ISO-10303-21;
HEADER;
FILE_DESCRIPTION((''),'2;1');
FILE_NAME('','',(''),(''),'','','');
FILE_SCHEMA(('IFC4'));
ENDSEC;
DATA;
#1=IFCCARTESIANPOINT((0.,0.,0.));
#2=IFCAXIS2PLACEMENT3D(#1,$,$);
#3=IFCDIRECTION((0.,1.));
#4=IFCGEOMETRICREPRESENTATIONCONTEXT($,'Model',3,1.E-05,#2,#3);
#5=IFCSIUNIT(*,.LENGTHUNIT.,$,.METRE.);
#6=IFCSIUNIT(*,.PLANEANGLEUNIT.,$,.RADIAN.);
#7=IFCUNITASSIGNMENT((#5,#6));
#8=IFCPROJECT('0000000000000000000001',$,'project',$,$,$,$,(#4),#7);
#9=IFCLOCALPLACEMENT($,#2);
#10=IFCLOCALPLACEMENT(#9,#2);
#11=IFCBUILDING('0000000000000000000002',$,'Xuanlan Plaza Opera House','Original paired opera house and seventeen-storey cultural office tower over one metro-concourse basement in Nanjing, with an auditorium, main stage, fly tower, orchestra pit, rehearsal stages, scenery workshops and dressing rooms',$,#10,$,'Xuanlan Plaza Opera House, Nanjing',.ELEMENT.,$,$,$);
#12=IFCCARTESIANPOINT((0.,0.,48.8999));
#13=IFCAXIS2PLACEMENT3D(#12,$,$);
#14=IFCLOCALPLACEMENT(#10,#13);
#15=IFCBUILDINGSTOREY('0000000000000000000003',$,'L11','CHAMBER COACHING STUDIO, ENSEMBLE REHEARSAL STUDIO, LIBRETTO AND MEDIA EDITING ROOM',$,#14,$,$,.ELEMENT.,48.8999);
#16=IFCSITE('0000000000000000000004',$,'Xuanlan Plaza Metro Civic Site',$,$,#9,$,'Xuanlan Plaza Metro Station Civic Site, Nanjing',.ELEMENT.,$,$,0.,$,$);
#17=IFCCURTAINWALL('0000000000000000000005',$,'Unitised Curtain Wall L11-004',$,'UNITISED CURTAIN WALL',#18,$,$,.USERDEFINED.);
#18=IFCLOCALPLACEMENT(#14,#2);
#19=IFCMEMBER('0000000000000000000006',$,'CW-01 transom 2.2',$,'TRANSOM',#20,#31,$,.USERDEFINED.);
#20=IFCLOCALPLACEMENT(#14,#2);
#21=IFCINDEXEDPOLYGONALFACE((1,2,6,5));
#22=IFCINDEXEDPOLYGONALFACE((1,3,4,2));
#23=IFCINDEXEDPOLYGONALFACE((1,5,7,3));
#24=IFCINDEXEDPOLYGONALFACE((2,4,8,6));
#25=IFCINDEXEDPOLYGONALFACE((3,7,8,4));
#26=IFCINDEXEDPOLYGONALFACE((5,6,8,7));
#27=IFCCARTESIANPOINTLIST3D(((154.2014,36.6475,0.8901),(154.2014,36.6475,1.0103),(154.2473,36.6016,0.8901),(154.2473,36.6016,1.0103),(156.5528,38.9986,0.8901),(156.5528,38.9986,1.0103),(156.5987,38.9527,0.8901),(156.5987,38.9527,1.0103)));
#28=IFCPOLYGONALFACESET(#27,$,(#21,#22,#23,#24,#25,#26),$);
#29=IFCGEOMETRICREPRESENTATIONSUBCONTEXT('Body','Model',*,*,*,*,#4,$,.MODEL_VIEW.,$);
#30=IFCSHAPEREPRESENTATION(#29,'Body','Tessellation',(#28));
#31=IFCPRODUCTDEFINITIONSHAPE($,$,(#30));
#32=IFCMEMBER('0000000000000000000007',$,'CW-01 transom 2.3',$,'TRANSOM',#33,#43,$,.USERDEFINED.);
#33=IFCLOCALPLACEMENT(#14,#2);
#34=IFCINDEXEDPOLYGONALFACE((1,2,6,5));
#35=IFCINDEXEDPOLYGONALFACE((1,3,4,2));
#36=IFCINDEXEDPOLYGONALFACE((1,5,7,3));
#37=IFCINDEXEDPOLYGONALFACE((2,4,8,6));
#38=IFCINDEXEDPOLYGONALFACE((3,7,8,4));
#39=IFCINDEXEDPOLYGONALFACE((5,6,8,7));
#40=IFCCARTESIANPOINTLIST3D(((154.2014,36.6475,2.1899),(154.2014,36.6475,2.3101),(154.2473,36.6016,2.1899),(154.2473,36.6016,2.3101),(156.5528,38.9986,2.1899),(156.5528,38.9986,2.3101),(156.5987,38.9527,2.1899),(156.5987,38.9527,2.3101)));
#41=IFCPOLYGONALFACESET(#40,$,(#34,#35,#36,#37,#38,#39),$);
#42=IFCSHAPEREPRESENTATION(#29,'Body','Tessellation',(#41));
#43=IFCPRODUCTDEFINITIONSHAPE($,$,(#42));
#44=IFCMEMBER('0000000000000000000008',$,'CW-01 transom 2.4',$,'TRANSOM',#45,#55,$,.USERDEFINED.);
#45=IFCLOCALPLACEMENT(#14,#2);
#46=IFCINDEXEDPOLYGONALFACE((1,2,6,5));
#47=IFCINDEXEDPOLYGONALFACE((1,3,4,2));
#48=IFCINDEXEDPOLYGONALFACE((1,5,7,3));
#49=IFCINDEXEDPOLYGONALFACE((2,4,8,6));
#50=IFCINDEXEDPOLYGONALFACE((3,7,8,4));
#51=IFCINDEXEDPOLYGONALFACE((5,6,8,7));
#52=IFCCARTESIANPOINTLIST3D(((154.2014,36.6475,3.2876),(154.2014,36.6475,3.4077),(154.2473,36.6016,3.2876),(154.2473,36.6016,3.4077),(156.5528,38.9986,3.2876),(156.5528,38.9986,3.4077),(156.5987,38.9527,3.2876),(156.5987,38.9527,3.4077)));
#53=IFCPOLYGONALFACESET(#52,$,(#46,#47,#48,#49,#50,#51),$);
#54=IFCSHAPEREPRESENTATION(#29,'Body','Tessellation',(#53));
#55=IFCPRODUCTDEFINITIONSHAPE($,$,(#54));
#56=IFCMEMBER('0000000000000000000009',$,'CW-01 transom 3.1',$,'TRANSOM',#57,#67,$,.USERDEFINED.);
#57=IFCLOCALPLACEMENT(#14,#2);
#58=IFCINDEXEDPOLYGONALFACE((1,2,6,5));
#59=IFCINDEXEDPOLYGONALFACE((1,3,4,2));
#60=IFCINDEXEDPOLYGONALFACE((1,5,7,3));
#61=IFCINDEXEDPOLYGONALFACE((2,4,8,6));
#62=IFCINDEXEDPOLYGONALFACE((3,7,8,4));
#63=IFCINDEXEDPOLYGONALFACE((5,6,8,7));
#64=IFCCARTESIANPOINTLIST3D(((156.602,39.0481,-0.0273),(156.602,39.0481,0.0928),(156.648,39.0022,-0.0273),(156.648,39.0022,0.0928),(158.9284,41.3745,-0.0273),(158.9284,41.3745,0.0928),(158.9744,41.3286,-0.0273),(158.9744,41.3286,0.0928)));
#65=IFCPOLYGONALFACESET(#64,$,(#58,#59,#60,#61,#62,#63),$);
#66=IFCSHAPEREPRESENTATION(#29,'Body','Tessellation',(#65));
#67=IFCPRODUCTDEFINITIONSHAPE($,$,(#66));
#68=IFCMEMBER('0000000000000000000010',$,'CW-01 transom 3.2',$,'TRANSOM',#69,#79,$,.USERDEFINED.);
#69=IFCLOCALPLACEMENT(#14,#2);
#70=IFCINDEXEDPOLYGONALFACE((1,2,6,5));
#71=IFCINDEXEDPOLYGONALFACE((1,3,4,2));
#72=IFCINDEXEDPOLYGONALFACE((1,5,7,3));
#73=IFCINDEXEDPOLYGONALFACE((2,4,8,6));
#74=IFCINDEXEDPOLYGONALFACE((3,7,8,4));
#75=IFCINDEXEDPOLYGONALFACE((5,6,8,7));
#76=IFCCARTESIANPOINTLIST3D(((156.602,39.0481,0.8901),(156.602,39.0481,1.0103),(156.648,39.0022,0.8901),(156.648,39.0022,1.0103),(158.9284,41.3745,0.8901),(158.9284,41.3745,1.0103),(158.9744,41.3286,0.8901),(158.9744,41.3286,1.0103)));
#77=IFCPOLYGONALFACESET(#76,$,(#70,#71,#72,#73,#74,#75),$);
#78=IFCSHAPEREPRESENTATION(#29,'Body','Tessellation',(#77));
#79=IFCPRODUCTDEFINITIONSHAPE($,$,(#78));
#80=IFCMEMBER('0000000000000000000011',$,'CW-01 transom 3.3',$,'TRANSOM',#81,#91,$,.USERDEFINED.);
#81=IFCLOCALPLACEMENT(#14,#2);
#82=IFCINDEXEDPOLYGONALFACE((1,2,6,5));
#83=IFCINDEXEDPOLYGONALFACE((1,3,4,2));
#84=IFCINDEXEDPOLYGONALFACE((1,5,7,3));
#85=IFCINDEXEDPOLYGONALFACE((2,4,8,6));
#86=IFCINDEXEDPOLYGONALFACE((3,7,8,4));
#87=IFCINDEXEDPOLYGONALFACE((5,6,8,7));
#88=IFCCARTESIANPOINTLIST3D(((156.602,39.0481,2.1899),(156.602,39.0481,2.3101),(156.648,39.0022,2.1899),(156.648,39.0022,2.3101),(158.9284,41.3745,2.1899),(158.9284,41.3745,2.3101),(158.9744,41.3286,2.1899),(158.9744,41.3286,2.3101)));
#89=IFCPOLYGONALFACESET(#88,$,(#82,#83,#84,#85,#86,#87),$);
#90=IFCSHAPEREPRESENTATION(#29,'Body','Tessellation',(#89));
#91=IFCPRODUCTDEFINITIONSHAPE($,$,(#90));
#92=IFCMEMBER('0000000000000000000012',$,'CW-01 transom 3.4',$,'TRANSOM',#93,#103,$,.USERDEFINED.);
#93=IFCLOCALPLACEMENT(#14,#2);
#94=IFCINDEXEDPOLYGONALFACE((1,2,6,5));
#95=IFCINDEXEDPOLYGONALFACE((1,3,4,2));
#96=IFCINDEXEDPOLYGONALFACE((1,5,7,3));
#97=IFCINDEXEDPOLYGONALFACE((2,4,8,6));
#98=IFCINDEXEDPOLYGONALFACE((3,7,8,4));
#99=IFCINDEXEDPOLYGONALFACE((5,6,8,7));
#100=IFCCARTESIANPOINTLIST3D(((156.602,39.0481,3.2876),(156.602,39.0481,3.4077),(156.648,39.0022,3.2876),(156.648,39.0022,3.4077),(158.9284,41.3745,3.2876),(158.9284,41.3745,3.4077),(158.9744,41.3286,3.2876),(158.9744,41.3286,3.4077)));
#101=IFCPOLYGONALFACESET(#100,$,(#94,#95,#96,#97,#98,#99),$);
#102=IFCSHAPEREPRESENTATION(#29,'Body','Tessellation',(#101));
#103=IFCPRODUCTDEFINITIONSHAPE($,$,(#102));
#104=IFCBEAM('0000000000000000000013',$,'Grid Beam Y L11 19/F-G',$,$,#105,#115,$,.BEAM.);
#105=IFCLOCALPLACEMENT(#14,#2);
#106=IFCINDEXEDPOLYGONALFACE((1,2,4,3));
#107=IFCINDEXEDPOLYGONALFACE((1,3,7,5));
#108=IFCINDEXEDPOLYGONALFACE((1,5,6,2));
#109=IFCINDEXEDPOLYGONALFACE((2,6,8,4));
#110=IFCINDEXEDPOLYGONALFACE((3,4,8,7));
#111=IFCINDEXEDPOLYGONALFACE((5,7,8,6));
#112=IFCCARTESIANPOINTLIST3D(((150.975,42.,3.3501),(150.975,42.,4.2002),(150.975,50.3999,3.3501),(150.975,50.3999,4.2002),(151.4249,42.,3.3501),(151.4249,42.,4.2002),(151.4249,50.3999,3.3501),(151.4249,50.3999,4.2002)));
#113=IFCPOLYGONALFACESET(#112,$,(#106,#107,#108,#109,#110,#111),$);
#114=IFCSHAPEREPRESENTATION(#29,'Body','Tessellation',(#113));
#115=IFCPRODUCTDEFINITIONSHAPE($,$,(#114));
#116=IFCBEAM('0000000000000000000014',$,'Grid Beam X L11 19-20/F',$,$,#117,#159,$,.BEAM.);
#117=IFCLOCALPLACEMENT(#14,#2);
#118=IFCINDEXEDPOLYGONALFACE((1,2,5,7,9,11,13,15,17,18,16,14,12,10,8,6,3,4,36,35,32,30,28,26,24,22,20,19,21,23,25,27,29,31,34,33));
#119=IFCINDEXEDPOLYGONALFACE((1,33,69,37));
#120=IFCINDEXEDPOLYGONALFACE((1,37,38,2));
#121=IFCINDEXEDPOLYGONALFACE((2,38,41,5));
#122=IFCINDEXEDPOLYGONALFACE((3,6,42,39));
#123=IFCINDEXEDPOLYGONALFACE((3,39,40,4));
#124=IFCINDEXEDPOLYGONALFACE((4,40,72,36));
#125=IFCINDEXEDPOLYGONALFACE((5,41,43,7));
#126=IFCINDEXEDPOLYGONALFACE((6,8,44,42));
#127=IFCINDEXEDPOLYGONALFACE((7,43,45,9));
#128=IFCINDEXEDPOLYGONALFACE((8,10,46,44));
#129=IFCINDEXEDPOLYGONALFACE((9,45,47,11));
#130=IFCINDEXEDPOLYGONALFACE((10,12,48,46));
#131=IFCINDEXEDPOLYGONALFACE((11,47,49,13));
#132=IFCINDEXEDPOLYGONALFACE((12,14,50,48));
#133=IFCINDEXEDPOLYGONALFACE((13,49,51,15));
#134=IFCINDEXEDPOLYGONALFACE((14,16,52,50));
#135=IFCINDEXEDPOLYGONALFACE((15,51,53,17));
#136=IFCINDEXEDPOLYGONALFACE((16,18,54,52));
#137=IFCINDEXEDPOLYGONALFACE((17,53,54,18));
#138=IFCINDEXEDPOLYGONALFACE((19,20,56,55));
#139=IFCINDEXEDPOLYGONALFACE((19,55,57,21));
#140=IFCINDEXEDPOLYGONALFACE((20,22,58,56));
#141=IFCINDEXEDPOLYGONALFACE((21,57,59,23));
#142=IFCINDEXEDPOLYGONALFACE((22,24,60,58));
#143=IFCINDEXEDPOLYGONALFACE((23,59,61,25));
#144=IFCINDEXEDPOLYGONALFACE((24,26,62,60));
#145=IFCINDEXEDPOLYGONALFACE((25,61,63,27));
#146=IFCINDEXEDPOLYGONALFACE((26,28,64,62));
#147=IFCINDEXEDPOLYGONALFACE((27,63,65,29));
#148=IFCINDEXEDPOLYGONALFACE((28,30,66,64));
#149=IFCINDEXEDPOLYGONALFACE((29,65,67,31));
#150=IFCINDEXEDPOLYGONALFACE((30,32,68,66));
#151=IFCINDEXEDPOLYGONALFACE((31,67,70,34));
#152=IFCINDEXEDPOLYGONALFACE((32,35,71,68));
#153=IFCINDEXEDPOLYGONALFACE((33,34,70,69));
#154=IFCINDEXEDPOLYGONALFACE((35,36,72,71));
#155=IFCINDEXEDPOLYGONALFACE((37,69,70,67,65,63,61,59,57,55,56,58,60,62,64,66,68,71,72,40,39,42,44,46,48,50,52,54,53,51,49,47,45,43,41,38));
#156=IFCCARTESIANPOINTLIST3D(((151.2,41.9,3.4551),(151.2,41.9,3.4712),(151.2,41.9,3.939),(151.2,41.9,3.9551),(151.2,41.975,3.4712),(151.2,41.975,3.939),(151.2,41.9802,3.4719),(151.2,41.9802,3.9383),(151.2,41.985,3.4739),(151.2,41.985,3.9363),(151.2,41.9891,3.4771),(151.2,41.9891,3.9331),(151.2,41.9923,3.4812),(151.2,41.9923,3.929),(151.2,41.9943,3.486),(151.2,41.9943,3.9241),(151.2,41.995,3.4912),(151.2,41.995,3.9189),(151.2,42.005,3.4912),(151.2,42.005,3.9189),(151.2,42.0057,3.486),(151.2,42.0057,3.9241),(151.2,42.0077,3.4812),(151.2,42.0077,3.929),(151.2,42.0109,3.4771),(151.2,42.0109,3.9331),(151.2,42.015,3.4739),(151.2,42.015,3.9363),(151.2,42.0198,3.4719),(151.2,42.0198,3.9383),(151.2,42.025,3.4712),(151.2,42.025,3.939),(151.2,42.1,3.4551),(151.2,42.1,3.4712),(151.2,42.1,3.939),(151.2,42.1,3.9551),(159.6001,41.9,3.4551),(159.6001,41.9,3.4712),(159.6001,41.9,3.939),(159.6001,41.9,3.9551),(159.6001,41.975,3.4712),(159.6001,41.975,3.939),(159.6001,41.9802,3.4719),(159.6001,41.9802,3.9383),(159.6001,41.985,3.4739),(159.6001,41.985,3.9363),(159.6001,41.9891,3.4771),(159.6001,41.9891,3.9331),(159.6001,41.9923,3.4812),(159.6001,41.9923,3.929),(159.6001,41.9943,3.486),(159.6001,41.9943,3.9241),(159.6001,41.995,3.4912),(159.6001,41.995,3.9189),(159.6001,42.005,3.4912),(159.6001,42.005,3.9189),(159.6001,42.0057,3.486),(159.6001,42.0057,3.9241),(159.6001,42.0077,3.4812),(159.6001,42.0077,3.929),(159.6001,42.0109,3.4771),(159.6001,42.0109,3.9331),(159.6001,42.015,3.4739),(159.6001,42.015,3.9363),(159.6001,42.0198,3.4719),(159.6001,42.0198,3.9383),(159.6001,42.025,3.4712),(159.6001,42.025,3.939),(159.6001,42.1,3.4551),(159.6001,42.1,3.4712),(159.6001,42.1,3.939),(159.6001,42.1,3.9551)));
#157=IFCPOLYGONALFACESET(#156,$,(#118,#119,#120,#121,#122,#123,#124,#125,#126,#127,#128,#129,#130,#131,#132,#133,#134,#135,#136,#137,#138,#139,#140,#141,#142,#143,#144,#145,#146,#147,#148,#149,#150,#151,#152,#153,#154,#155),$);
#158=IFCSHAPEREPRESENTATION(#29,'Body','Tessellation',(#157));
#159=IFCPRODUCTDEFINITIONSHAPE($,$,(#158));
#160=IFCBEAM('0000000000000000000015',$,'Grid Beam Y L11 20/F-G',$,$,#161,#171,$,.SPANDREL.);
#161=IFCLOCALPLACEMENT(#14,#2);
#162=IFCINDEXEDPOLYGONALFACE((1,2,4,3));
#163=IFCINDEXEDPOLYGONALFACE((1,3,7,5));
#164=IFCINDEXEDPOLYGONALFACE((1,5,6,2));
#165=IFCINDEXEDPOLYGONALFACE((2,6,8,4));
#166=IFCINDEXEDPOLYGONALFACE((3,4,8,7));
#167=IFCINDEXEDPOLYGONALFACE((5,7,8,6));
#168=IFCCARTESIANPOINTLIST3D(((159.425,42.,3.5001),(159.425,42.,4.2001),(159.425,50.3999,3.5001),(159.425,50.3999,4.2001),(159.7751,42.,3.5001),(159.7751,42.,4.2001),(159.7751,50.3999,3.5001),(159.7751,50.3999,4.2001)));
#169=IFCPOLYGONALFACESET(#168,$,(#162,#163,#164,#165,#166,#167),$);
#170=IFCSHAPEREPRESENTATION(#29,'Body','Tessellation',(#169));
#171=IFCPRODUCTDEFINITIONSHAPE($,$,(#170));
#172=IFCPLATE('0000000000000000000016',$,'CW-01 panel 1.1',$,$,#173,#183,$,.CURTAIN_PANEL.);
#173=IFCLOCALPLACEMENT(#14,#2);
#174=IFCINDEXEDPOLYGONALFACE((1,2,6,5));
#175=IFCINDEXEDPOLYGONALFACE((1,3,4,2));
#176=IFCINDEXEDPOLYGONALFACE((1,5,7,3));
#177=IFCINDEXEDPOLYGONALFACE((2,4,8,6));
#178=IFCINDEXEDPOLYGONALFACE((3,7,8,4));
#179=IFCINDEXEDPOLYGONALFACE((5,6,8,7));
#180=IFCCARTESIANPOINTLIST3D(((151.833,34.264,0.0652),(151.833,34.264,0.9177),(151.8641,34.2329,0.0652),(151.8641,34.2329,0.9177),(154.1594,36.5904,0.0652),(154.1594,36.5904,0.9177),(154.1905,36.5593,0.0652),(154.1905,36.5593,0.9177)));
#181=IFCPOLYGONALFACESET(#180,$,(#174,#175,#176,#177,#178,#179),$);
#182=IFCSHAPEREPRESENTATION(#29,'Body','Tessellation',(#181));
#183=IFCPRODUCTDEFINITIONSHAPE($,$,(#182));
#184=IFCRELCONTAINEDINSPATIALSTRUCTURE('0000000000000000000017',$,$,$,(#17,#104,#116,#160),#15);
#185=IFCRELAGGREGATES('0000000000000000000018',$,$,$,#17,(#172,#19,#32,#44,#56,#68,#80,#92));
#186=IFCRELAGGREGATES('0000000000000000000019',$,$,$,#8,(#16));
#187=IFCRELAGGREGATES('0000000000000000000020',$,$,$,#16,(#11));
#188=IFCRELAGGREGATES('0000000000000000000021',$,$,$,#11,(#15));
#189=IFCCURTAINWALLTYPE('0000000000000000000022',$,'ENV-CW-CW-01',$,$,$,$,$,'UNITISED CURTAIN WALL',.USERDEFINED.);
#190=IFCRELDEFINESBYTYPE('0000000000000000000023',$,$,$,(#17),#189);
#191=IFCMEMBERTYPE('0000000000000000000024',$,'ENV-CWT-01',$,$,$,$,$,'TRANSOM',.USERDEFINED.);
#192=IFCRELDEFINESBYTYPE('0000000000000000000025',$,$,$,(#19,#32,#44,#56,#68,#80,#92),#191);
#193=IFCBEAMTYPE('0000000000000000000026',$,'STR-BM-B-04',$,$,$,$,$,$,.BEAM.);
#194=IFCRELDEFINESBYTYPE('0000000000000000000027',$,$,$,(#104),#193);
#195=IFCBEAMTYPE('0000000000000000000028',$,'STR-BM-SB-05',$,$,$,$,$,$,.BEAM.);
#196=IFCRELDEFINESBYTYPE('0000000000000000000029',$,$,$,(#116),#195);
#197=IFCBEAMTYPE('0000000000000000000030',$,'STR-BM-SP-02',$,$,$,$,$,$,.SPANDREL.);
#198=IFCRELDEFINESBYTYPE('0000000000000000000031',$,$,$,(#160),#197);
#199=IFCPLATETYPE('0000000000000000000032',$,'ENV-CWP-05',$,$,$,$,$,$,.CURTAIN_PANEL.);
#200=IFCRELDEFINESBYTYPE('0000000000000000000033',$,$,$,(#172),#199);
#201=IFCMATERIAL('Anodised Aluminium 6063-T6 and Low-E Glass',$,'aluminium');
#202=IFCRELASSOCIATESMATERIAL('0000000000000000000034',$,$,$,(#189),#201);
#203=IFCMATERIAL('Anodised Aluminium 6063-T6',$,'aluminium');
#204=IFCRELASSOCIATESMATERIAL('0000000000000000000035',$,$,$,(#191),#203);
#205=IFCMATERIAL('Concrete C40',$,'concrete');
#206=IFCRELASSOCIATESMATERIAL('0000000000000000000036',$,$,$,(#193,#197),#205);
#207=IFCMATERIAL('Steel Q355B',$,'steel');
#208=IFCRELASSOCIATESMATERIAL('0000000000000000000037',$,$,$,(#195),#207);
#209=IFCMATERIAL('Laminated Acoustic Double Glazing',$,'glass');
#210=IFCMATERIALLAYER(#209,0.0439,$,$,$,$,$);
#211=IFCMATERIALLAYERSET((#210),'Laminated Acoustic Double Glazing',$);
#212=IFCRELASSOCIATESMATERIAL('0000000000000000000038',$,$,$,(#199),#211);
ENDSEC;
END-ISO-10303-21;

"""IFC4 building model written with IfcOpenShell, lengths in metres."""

from ifc_helpers import new_model, si_unit, direction, frame, origin, origin_2d, place, context, subcontext, project, spatial, rectangle, i_section, extrude, material, layer, layer_set, material_profile, profile_set, type_object, element, aggregate, save


model = new_model("IFC4")

# Units and contexts
model_context = context("Model", 3, precision=1e-05, world=origin(), true_north=direction((0.0, 1.0)))
body_context = subcontext(model_context, "Body", "Model", "MODEL_VIEW")
ifc_project = project(units=[si_unit("LENGTHUNIT", "METRE"), si_unit("PLANEANGLEUNIT", "RADIAN")], contexts=[model_context])

# Site, building, storey
site_placement = place(None, origin())
site = spatial("IfcSite", under=ifc_project, at=site_placement, Name="Xuanlan Plaza Metro Civic Site", LongName="Xuanlan Plaza Metro Station Civic Site, Nanjing", CompositionType="ELEMENT", RefElevation=0.0)
building_placement = place(site_placement, origin())
building = spatial("IfcBuilding", under=site, at=building_placement, Name="Xuanlan Plaza Opera House", Description="Original paired opera house and seventeen-storey cultural office tower over one metro-concourse basement in Nanjing, with an auditorium, main stage, fly tower, orchestra pit, rehearsal stages, scenery workshops and dressing rooms", LongName="Xuanlan Plaza Opera House, Nanjing", CompositionType="ELEMENT")
storey_placement = place(building_placement, frame((0.0, 0.0, 48.8999)))
storey = spatial("IfcBuildingStorey", under=building, at=storey_placement, Name="L11", Description="CHAMBER COACHING STUDIO, ENSEMBLE REHEARSAL STUDIO, LIBRETTO AND MEDIA EDITING ROOM", CompositionType="ELEMENT", Elevation=48.8999)

# Shared definitions
ifc_material_1 = material(Name="Steel Q355B", Category="steel")

# Curtain wall, members
ifc_material_2 = material(Name="Anodised Aluminium 6063-T6 and Low-E Glass", Category="aluminium")
curtain_wall_type = type_object("IfcCurtainWallType", Name="ENV-CW-CW-01", ElementType="UNITISED CURTAIN WALL", PredefinedType="USERDEFINED", material=ifc_material_2)
curtain_wall_placement = place(storey_placement, origin())
curtain_wall = element("IfcCurtainWall", 1, at=curtain_wall_placement, inside=storey, type_object=curtain_wall_type, Name="Unitised Curtain Wall L11-004", ObjectType="UNITISED CURTAIN WALL", PredefinedType="USERDEFINED")
ifc_material_3 = material(Name="Anodised Aluminium 6063-T6", Category="aluminium")
ifc_material_profile_1 = material_profile(ifc_material_3, rectangle(XDim=0.0649, YDim=0.1201, at=origin_2d()), Name="ALU-T 65x120")
ifc_profile_set_1 = profile_set([ifc_material_profile_1], Name="Anodised Aluminium 6063-T6")
member_type_1 = type_object("IfcMemberType", Name="ENV-CWT-01", ElementType="TRANSOM", PredefinedType="USERDEFINED", material=ifc_profile_set_1)
member_1_placement = place(storey_placement, frame((154.2244, 36.6245, 0.9502), z_axis=(0.707143, 0.70707, 0.0), x_axis=(-0.70707, 0.707143, 0.0)))
member_1 = element("IfcMember", 2, at=member_1_placement, type_object=member_type_1, Name="CW-01 transom 2.2", ObjectType="TRANSOM", PredefinedType="USERDEFINED", context=body_context, shape_type="SweptSolid", body=[
    extrude(rectangle(XDim=0.0649, YDim=0.1201, at=origin_2d()), origin(), (0.0, 0.0, 1.0), 3.3252),
])
member_2_placement = place(storey_placement, frame((154.2244, 36.6245, 2.25), z_axis=(0.707143, 0.70707, 0.0), x_axis=(-0.70707, 0.707143, 0.0)))
member_2 = element("IfcMember", 3, at=member_2_placement, type_object=member_type_1, Name="CW-01 transom 2.3", ObjectType="TRANSOM", PredefinedType="USERDEFINED", context=body_context, shape_type="SweptSolid", body=[
    extrude(rectangle(XDim=0.0649, YDim=0.1201, at=origin_2d()), origin(), (0.0, 0.0, 1.0), 3.3252),
])
member_3_placement = place(storey_placement, frame((154.2244, 36.6245, 3.3477), z_axis=(0.707143, 0.70707, 0.0), x_axis=(-0.70707, 0.707143, 0.0)))
member_3 = element("IfcMember", 4, at=member_3_placement, type_object=member_type_1, Name="CW-01 transom 2.4", ObjectType="TRANSOM", PredefinedType="USERDEFINED", context=body_context, shape_type="SweptSolid", body=[
    extrude(rectangle(XDim=0.0649, YDim=0.1201, at=origin_2d()), origin(), (0.0, 0.0, 1.0), 3.3252),
])
member_4_placement = place(storey_placement, frame((156.625, 39.0251, 0.0327), z_axis=(0.707107, 0.707107, 0.0), x_axis=(-0.707107, 0.707107, 0.0)))
member_4 = element("IfcMember", 5, at=member_4_placement, type_object=member_type_1, Name="CW-01 transom 3.1", ObjectType="TRANSOM", PredefinedType="USERDEFINED", context=body_context, shape_type="SweptSolid", body=[
    extrude(rectangle(XDim=0.0649, YDim=0.1201, at=origin_2d()), origin(), (0.0, 0.0, 1.0), 3.29),
])
member_5_placement = place(storey_placement, frame((156.625, 39.0251, 0.9502), z_axis=(0.707107, 0.707107, 0.0), x_axis=(-0.707107, 0.707107, 0.0)))
member_5 = element("IfcMember", 6, at=member_5_placement, type_object=member_type_1, Name="CW-01 transom 3.2", ObjectType="TRANSOM", PredefinedType="USERDEFINED", context=body_context, shape_type="SweptSolid", body=[
    extrude(rectangle(XDim=0.0649, YDim=0.1201, at=origin_2d()), origin(), (0.0, 0.0, 1.0), 3.29),
])
member_6_placement = place(storey_placement, frame((156.625, 39.0251, 2.25), z_axis=(0.707107, 0.707107, 0.0), x_axis=(-0.707107, 0.707107, 0.0)))
member_6 = element("IfcMember", 7, at=member_6_placement, type_object=member_type_1, Name="CW-01 transom 3.3", ObjectType="TRANSOM", PredefinedType="USERDEFINED", context=body_context, shape_type="SweptSolid", body=[
    extrude(rectangle(XDim=0.0649, YDim=0.1201, at=origin_2d()), origin(), (0.0, 0.0, 1.0), 3.29),
])
member_7_placement = place(storey_placement, frame((156.625, 39.0251, 3.3477), z_axis=(0.707107, 0.707107, 0.0), x_axis=(-0.707107, 0.707107, 0.0)))
member_7 = element("IfcMember", 8, at=member_7_placement, type_object=member_type_1, Name="CW-01 transom 3.4", ObjectType="TRANSOM", PredefinedType="USERDEFINED", context=body_context, shape_type="SweptSolid", body=[
    extrude(rectangle(XDim=0.0649, YDim=0.1201, at=origin_2d()), origin(), (0.0, 0.0, 1.0), 3.29),
])

# Beams
ifc_material_4 = material(Name="Concrete C40", Category="concrete")
ifc_material_profile_2 = material_profile(ifc_material_4, rectangle(XDim=0.45, YDim=0.8501, at=origin_2d()), Name="RC-BM 450x850")
ifc_profile_set_2 = profile_set([ifc_material_profile_2], Name="Concrete C40")
beam_type_1 = type_object("IfcBeamType", Name="STR-BM-B-04", PredefinedType="BEAM", material=ifc_profile_set_2)
beam_1_placement = place(storey_placement, frame((151.2, 42.0, 3.7751), z_axis=(0.0, 1.0, 0.0), x_axis=(-1.0, 0.0, 0.0)))
element("IfcBeam", 9, at=beam_1_placement, inside=storey, type_object=beam_type_1, Name="Grid Beam Y L11 19/F-G", PredefinedType="BEAM", context=body_context, shape_type="SweptSolid", body=[
    extrude(rectangle(XDim=0.45, YDim=0.8501, at=origin_2d()), origin(), (0.0, 0.0, 1.0), 8.3999),
])
ifc_material_profile_3 = material_profile(ifc_material_1, i_section(OverallWidth=0.2, OverallDepth=0.5, WebThickness=0.01, FlangeThickness=0.0161, FilletRadius=0.02, at=origin_2d()), Name="HN 500x200x10x16")
ifc_profile_set_3 = profile_set([ifc_material_profile_3], Name="Steel Q355B")
beam_type_2 = type_object("IfcBeamType", Name="STR-BM-SB-05", PredefinedType="BEAM", material=ifc_profile_set_3)
beam_2_placement = place(storey_placement, frame((151.2, 42.0, 3.7051), z_axis=(1.0, 0.0, 0.0), x_axis=(0.0, 1.0, 0.0)))
element("IfcBeam", 10, at=beam_2_placement, inside=storey, type_object=beam_type_2, Name="Grid Beam X L11 19-20/F", PredefinedType="BEAM", context=body_context, shape_type="SweptSolid", body=[
    extrude(i_section(OverallWidth=0.2, OverallDepth=0.5, WebThickness=0.01, FlangeThickness=0.0161, FilletRadius=0.02, at=origin_2d()), origin(), (0.0, 0.0, 1.0), 8.4001),
])
ifc_material_profile_4 = material_profile(ifc_material_4, rectangle(XDim=0.3501, YDim=0.7, at=origin_2d()), Name="RC-SPD 350x700")
ifc_profile_set_4 = profile_set([ifc_material_profile_4], Name="Concrete C40")
beam_type_3 = type_object("IfcBeamType", Name="STR-BM-SP-02", PredefinedType="SPANDREL", material=ifc_profile_set_4)
beam_3_placement = place(storey_placement, frame((159.6001, 42.0, 3.8501), z_axis=(0.0, 1.0, 0.0), x_axis=(-1.0, 0.0, 0.0)))
element("IfcBeam", 11, at=beam_3_placement, inside=storey, type_object=beam_type_3, Name="Grid Beam Y L11 20/F-G", PredefinedType="SPANDREL", context=body_context, shape_type="SweptSolid", body=[
    extrude(rectangle(XDim=0.3501, YDim=0.7, at=origin_2d()), origin(), (0.0, 0.0, 1.0), 8.3999),
])

# Plate
ifc_material_5 = material(Name="Laminated Acoustic Double Glazing", Category="glass")
ifc_layer_1 = layer(ifc_material_5, 0.0439)
ifc_layer_set_1 = layer_set([ifc_layer_1], Name="Laminated Acoustic Double Glazing")
plate_type = type_object("IfcPlateType", Name="ENV-CWP-05", PredefinedType="CURTAIN_PANEL", material=ifc_layer_set_1)
plate_1_placement = place(storey_placement, frame((153.0117, 35.4116, 0.0652), z_axis=(0.0, 0.0, 1.0), x_axis=(0.707107, 0.707107, 0.0)))
plate_1 = element("IfcPlate", 12, at=plate_1_placement, type_object=plate_type, Name="CW-01 panel 1.1", PredefinedType="CURTAIN_PANEL", context=body_context, shape_type="SweptSolid", body=[
    extrude(rectangle(XDim=3.29, YDim=0.0439, at=origin_2d()), origin(), (0.0, 0.0, 1.0), 0.8525),
])
aggregate(curtain_wall, [plate_1, member_1, member_2, member_3, member_4, member_5, member_6, member_7])

save(model, "model.ifc")
